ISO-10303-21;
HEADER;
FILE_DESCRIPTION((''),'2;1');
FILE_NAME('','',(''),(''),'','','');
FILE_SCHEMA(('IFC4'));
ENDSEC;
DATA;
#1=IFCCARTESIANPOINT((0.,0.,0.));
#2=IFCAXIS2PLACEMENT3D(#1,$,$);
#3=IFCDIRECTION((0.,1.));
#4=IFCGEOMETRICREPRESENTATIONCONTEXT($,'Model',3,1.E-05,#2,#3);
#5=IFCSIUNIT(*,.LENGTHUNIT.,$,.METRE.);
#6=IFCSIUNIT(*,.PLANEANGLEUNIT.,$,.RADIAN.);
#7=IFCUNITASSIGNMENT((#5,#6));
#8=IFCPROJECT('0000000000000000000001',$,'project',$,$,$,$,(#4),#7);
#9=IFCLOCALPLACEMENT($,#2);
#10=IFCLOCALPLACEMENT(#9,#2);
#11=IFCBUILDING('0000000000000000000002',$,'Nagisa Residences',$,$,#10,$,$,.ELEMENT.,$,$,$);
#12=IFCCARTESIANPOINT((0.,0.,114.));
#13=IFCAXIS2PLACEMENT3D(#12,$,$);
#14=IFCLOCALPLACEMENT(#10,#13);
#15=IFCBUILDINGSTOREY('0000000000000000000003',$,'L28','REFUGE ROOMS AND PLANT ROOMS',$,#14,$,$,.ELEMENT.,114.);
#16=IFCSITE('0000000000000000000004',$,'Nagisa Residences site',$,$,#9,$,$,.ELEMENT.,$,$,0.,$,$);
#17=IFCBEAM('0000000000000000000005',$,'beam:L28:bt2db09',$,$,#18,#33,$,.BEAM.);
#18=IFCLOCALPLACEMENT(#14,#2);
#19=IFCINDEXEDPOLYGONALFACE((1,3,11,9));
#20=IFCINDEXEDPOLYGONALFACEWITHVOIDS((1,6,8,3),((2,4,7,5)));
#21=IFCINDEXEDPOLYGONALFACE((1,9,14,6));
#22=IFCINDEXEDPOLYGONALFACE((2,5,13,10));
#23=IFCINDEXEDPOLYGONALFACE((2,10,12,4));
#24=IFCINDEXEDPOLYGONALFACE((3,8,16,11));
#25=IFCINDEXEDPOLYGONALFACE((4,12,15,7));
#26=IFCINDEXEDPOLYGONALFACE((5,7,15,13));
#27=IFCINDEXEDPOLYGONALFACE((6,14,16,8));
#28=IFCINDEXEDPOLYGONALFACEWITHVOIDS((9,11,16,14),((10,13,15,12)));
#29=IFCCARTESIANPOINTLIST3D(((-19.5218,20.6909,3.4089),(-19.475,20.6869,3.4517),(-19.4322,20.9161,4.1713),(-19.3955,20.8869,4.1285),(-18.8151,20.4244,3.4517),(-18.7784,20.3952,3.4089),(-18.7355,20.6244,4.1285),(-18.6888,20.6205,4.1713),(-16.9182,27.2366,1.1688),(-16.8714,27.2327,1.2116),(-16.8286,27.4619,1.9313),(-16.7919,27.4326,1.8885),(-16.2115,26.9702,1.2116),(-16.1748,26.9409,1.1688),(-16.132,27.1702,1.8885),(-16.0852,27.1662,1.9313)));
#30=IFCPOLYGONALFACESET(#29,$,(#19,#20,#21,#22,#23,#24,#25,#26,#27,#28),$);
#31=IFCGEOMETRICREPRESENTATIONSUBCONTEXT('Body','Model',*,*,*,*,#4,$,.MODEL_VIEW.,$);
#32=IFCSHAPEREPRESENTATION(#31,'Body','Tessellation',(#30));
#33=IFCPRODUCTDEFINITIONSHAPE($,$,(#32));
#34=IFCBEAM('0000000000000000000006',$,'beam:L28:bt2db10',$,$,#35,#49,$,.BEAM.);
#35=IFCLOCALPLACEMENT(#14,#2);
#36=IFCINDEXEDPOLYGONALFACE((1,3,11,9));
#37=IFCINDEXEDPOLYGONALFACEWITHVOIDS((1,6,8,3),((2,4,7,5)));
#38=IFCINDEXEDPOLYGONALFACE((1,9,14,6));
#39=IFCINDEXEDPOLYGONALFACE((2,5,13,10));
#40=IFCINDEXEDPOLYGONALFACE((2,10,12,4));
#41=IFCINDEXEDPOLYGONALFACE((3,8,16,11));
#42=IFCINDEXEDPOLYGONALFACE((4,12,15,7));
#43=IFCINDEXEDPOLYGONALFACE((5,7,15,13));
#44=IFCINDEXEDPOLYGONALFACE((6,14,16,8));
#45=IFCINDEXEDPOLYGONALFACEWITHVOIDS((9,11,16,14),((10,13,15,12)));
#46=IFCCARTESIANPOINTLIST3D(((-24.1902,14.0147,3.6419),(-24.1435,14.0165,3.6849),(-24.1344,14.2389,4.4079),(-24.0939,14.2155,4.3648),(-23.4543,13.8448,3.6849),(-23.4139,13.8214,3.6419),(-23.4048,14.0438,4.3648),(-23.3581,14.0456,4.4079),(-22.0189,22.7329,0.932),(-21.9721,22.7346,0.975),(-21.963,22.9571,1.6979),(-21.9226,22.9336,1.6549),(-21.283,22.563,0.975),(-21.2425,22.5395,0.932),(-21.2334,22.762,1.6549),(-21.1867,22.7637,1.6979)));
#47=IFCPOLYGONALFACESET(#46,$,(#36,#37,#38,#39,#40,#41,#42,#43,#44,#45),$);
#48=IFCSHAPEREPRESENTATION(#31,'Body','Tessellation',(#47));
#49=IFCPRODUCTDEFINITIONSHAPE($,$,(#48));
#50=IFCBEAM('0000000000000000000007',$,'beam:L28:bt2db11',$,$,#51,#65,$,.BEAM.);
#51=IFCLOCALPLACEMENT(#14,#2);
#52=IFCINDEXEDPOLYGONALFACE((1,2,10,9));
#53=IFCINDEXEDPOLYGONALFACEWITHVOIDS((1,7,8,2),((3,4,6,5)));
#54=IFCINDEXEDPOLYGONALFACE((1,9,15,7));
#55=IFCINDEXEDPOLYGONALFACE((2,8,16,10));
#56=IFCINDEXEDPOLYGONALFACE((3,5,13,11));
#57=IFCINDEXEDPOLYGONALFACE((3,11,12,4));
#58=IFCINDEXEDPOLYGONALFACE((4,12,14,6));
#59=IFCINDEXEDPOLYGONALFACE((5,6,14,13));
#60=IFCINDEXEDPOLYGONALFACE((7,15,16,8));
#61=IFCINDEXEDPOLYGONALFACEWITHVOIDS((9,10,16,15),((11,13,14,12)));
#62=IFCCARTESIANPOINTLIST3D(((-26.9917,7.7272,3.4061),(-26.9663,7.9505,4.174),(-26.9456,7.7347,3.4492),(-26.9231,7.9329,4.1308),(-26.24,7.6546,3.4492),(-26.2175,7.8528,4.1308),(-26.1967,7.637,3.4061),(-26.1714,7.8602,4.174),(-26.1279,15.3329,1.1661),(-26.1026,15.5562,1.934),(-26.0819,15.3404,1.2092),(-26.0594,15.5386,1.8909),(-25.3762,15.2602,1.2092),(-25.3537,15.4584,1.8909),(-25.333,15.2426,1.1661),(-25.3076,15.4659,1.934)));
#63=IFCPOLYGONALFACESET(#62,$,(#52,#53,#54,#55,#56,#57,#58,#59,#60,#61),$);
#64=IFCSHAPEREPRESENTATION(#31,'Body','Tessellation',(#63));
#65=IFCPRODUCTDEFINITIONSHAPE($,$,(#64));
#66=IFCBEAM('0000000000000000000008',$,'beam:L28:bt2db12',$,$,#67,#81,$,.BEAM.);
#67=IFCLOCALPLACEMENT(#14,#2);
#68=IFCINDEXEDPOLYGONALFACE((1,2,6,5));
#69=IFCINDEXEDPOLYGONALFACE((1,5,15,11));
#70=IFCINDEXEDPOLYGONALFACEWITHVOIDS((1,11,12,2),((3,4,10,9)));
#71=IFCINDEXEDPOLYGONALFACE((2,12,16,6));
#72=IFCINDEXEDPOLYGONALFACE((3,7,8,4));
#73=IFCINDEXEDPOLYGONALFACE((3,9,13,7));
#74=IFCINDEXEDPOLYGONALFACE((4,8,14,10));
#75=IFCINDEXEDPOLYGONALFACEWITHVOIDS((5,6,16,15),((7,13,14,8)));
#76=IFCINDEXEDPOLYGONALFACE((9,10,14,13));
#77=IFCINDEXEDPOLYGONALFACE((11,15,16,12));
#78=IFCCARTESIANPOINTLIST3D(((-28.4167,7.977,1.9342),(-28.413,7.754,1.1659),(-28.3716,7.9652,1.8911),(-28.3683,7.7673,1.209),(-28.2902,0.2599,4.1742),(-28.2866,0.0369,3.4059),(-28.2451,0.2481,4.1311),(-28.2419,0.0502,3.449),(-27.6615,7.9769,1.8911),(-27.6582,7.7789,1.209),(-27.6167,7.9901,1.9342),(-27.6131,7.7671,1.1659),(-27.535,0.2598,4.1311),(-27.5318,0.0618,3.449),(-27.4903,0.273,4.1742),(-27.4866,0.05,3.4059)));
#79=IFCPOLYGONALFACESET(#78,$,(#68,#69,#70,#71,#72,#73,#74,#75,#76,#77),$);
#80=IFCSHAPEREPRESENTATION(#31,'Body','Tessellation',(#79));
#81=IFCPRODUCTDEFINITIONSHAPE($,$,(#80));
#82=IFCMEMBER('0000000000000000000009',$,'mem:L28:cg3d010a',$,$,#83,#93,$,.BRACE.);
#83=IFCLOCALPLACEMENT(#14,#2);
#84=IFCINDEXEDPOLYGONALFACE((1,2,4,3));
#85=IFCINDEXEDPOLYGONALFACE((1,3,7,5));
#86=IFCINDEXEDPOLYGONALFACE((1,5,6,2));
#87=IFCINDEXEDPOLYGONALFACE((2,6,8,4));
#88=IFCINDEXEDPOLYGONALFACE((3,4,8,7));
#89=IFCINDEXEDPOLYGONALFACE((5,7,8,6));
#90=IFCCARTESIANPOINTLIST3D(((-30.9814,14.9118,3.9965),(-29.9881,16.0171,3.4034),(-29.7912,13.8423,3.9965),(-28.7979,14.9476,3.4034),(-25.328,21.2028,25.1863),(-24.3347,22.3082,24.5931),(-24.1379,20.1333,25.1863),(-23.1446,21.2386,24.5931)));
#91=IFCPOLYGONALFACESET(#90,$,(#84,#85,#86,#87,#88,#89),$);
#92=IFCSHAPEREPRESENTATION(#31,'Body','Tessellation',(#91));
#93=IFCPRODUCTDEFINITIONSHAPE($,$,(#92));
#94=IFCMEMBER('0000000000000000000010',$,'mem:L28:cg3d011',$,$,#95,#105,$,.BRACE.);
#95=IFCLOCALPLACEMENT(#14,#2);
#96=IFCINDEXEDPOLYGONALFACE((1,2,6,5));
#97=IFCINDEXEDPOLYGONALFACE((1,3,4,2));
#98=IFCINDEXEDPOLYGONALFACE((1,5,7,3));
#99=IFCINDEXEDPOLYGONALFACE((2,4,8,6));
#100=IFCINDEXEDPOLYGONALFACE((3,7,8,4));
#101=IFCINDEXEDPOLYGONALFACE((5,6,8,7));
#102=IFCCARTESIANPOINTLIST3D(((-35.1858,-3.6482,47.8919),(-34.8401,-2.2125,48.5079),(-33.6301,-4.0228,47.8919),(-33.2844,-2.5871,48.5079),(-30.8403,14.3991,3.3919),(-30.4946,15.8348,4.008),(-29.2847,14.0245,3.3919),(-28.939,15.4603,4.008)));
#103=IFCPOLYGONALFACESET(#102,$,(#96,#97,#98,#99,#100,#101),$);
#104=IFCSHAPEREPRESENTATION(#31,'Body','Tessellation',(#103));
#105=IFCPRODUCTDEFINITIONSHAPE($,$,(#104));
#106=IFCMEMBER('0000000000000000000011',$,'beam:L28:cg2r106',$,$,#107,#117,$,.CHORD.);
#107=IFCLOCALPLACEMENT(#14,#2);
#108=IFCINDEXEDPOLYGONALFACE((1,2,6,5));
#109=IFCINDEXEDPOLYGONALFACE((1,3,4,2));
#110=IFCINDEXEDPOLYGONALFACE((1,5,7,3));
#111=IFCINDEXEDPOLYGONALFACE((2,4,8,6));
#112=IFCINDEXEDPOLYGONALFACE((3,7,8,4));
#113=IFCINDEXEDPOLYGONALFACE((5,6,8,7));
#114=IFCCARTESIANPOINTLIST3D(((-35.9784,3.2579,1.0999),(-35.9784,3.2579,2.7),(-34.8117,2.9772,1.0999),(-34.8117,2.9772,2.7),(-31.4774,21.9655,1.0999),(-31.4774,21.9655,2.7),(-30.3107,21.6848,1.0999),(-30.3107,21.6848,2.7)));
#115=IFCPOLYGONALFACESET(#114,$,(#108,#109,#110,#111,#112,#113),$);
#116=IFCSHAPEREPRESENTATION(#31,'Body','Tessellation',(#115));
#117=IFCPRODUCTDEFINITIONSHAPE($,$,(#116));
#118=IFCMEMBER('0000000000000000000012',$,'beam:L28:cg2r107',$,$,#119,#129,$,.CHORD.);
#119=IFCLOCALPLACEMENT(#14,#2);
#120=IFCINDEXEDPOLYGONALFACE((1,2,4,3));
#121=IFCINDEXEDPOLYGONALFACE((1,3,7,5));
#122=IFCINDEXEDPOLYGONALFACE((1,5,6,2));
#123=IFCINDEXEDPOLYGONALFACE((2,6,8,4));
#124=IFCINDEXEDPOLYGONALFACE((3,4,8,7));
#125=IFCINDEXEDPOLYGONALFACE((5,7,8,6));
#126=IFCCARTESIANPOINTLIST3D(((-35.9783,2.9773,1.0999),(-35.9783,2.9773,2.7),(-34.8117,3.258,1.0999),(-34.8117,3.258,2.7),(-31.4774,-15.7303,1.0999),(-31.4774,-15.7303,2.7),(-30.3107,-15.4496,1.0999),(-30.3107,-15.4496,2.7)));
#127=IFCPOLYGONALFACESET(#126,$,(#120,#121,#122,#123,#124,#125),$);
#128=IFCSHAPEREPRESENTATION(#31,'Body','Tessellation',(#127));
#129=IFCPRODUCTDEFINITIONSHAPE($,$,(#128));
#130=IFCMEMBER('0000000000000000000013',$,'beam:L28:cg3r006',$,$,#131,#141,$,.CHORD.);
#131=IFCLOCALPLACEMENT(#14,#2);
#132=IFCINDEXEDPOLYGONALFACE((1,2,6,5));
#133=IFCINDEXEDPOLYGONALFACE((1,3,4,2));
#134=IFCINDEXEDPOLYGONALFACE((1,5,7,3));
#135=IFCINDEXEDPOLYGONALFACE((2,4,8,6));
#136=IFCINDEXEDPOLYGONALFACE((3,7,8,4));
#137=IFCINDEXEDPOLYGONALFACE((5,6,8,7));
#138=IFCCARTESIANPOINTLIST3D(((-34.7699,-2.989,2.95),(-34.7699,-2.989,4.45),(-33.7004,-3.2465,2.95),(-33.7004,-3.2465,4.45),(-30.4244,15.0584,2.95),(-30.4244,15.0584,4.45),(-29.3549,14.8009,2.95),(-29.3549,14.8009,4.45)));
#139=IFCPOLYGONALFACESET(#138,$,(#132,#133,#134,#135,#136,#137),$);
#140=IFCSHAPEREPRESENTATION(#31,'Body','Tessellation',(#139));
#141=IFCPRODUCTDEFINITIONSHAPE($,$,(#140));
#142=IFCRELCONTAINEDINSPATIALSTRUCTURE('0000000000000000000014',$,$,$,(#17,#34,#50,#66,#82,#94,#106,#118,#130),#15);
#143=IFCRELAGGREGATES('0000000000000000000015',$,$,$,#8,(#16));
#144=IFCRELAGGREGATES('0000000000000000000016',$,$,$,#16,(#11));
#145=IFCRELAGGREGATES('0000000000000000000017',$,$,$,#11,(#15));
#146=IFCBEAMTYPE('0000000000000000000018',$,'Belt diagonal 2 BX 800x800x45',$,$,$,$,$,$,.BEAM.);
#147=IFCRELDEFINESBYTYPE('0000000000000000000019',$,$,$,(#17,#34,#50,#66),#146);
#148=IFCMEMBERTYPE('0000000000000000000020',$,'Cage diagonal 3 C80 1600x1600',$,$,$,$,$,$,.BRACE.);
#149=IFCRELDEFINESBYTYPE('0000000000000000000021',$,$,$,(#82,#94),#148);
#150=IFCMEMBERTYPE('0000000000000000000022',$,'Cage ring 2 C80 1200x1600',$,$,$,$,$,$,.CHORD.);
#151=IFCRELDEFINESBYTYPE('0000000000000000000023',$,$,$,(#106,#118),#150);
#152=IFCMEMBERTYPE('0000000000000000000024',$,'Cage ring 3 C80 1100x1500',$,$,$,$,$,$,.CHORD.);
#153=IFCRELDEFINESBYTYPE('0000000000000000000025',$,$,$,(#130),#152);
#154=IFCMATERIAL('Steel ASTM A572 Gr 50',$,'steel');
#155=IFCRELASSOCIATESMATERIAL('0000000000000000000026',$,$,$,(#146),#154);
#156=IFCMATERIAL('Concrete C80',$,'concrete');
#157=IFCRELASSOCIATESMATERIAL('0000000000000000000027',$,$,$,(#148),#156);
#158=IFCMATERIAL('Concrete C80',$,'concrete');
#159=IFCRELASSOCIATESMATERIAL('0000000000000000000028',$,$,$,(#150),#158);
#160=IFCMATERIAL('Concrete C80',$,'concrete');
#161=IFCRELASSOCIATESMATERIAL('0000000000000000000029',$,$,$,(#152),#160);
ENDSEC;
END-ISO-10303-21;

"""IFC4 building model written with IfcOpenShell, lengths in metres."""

from ifc_helpers import new_model, si_unit, direction, frame, origin, origin_2d, place, context, subcontext, project, spatial, rectangle, hollow_rectangle, extrude, material, material_profile, profile_set, type_object, element, save


model = new_model("IFC4")

# Units and contexts
model_context = context("Model", 3, precision=1e-05, world=origin(), true_north=direction((0.0, 1.0)))
body_context = subcontext(model_context, "Body", "Model", "MODEL_VIEW")
ifc_project = project(units=[si_unit("LENGTHUNIT", "METRE"), si_unit("PLANEANGLEUNIT", "RADIAN")], contexts=[model_context])

# Site, building, storey
site_placement = place(None, origin())
site = spatial("IfcSite", under=ifc_project, at=site_placement, Name="Nagisa Residences site", CompositionType="ELEMENT", RefElevation=0.0)
building_placement = place(site_placement, origin())
building = spatial("IfcBuilding", under=site, at=building_placement, Name="Nagisa Residences", CompositionType="ELEMENT")
storey_placement = place(building_placement, frame((0.0, 0.0, 114.0)))
storey = spatial("IfcBuildingStorey", under=building, at=storey_placement, Name="L28", Description="REFUGE ROOMS AND PLANT ROOMS", CompositionType="ELEMENT", Elevation=114.0)

# Beams
ifc_material_1 = material(Name="Steel ASTM A572 Gr 50", Category="steel")
ifc_material_profile_1 = material_profile(ifc_material_1, hollow_rectangle(XDim=0.8, YDim=0.8, WallThickness=0.0449, at=origin_2d()), Name="BX 800x800x45")
ifc_profile_set_1 = profile_set([ifc_material_profile_1], Name="Steel ASTM A572 Gr 50")
beam_type = type_object("IfcBeamType", Name="Belt diagonal 2 BX 800x800x45", PredefinedType="BEAM", material=ifc_profile_set_1)
beam_1_placement = place(storey_placement, frame((-16.5017, 27.2014, 1.55), z_axis=(-0.352208, -0.885507, 0.30303), x_axis=(0.929197, -0.369585, 0.0)))
element("IfcBeam", 1, at=beam_1_placement, inside=storey, type_object=beam_type, Name="beam:L28:bt2db09", PredefinedType="BEAM", context=body_context, shape_type="SweptSolid", body=[
    extrude(hollow_rectangle(XDim=0.8, YDim=0.8, WallThickness=0.0449, at=origin_2d()), origin(), (0.0, 0.0, 1.0), 7.3921),
])
beam_2_placement = place(storey_placement, frame((-21.6028, 22.7483, 1.3149), z_axis=(-0.231383, -0.929017, 0.288773), x_axis=(0.970356, -0.241679, 0.0)))
element("IfcBeam", 2, at=beam_2_placement, inside=storey, type_object=beam_type, Name="beam:L28:bt2db10", PredefinedType="BEAM", context=body_context, shape_type="SweptSolid", body=[
    extrude(hollow_rectangle(XDim=0.8, YDim=0.8, WallThickness=0.0449, at=origin_2d()), origin(), (0.0, 0.0, 1.0), 9.3843),
])
beam_3_placement = place(storey_placement, frame((-25.7178, 15.3994, 1.55), z_axis=(-0.108301, -0.95362, 0.280855), x_axis=(0.993613, -0.112843, 0.0)))
element("IfcBeam", 3, at=beam_3_placement, inside=storey, type_object=beam_type, Name="beam:L28:bt2db11", PredefinedType="BEAM", context=body_context, shape_type="SweptSolid", body=[
    extrude(hollow_rectangle(XDim=0.8, YDim=0.8, WallThickness=0.0449, at=origin_2d()), origin(), (0.0, 0.0, 1.0), 7.9756),
])
beam_4_placement = place(storey_placement, frame((-28.0149, 7.8721, 1.55), z_axis=(0.015736, -0.960242, 0.278725), x_axis=(0.999866, 0.016386, 0.0)))
element("IfcBeam", 4, at=beam_4_placement, inside=storey, type_object=beam_type, Name="beam:L28:bt2db12", PredefinedType="BEAM", context=body_context, shape_type="SweptSolid", body=[
    extrude(hollow_rectangle(XDim=0.8, YDim=0.8, WallThickness=0.0449, at=origin_2d()), origin(), (0.0, 0.0, 1.0), 8.0366),
])

# Members
ifc_material_2 = material(Name="Concrete C80", Category="concrete")
ifc_material_profile_2 = material_profile(ifc_material_2, rectangle(XDim=1.6001, YDim=1.6001, at=origin_2d()), Name="C80 1600x1600")
ifc_profile_set_2 = profile_set([ifc_material_profile_2], Name="Concrete C80")
member_type_1 = type_object("IfcMemberType", Name="Cage diagonal 3 C80 1600x1600", PredefinedType="BRACE", material=ifc_profile_set_2)
member_1_placement = place(storey_placement, frame((-29.8896, 14.9297, 3.7), z_axis=(0.247786, 0.275736, 0.928747), x_axis=(-0.743799, 0.668403, 0.0)))
element("IfcMember", 5, at=member_1_placement, inside=storey, type_object=member_type_1, Name="mem:L28:cg3d010a", PredefinedType="BRACE", context=body_context, shape_type="SweptSolid", body=[
    extrude(rectangle(XDim=1.6001, YDim=1.6001, at=origin_2d()), origin(), (0.0, 0.0, 1.0), 22.8154),
])
member_2_placement = place(storey_placement, frame((-29.8896, 14.9297, 3.7), z_axis=(-0.090124, -0.374298, 0.922919), x_axis=(0.972215, -0.234091, 0.0)))
element("IfcMember", 6, at=member_2_placement, inside=storey, type_object=member_type_1, Name="mem:L28:cg3d011", PredefinedType="BRACE", context=body_context, shape_type="SweptSolid", body=[
    extrude(rectangle(XDim=1.6001, YDim=1.6001, at=origin_2d()), origin(), (0.0, 0.0, 1.0), 48.2166),
])
ifc_material_3 = material(Name="Concrete C80", Category="concrete")
ifc_material_profile_3 = material_profile(ifc_material_3, rectangle(XDim=1.2, YDim=1.6001, at=origin_2d()), Name="C80 1200x1600")
ifc_profile_set_3 = profile_set([ifc_material_profile_3], Name="Concrete C80")
member_type_2 = type_object("IfcMemberType", Name="Cage ring 2 C80 1200x1600", PredefinedType="CHORD", material=ifc_profile_set_3)
for number, where, z_axis, x_axis, name in (
    (7, (-30.894, 21.8252, 1.8999), (-0.233922, -0.972255, 0.0), (0.972255, -0.233922, 0.0), "beam:L28:cg2r106"),
    (8, (-35.395, 3.1177, 1.8999), (0.233922, -0.972255, 0.0), (0.972255, 0.233922, 0.0), "beam:L28:cg2r107"),
):
    element("IfcMember", number, at=place(storey_placement, frame(where, z_axis=z_axis, x_axis=x_axis)), inside=storey, type_object=member_type_2, Name=name, PredefinedType="CHORD", context=body_context, shape_type="SweptSolid", body=[
        extrude(rectangle(XDim=1.2, YDim=1.6001, at=origin_2d()), origin(), (0.0, 0.0, 1.0), 19.2415),
    ])
ifc_material_4 = material(Name="Concrete C80", Category="concrete")
ifc_material_profile_4 = material_profile(ifc_material_4, rectangle(XDim=1.1001, YDim=1.5, at=origin_2d()), Name="C80 1100x1500")
ifc_profile_set_4 = profile_set([ifc_material_profile_4], Name="Concrete C80")
member_type_3 = type_object("IfcMemberType", Name="Cage ring 3 C80 1100x1500", PredefinedType="CHORD", material=ifc_profile_set_4)
member_3_placement = place(storey_placement, frame((-29.8896, 14.9297, 3.7), z_axis=(-0.234091, -0.972215, 0.0), x_axis=(0.972215, -0.234091, 0.0)))
element("IfcMember", 9, at=member_3_placement, inside=storey, type_object=member_type_3, Name="beam:L28:cg3r006", PredefinedType="CHORD", context=body_context, shape_type="SweptSolid", body=[
    extrude(rectangle(XDim=1.1001, YDim=1.5, at=origin_2d()), origin(), (0.0, 0.0, 1.0), 18.5632),
])

save(model, "model.ifc")
